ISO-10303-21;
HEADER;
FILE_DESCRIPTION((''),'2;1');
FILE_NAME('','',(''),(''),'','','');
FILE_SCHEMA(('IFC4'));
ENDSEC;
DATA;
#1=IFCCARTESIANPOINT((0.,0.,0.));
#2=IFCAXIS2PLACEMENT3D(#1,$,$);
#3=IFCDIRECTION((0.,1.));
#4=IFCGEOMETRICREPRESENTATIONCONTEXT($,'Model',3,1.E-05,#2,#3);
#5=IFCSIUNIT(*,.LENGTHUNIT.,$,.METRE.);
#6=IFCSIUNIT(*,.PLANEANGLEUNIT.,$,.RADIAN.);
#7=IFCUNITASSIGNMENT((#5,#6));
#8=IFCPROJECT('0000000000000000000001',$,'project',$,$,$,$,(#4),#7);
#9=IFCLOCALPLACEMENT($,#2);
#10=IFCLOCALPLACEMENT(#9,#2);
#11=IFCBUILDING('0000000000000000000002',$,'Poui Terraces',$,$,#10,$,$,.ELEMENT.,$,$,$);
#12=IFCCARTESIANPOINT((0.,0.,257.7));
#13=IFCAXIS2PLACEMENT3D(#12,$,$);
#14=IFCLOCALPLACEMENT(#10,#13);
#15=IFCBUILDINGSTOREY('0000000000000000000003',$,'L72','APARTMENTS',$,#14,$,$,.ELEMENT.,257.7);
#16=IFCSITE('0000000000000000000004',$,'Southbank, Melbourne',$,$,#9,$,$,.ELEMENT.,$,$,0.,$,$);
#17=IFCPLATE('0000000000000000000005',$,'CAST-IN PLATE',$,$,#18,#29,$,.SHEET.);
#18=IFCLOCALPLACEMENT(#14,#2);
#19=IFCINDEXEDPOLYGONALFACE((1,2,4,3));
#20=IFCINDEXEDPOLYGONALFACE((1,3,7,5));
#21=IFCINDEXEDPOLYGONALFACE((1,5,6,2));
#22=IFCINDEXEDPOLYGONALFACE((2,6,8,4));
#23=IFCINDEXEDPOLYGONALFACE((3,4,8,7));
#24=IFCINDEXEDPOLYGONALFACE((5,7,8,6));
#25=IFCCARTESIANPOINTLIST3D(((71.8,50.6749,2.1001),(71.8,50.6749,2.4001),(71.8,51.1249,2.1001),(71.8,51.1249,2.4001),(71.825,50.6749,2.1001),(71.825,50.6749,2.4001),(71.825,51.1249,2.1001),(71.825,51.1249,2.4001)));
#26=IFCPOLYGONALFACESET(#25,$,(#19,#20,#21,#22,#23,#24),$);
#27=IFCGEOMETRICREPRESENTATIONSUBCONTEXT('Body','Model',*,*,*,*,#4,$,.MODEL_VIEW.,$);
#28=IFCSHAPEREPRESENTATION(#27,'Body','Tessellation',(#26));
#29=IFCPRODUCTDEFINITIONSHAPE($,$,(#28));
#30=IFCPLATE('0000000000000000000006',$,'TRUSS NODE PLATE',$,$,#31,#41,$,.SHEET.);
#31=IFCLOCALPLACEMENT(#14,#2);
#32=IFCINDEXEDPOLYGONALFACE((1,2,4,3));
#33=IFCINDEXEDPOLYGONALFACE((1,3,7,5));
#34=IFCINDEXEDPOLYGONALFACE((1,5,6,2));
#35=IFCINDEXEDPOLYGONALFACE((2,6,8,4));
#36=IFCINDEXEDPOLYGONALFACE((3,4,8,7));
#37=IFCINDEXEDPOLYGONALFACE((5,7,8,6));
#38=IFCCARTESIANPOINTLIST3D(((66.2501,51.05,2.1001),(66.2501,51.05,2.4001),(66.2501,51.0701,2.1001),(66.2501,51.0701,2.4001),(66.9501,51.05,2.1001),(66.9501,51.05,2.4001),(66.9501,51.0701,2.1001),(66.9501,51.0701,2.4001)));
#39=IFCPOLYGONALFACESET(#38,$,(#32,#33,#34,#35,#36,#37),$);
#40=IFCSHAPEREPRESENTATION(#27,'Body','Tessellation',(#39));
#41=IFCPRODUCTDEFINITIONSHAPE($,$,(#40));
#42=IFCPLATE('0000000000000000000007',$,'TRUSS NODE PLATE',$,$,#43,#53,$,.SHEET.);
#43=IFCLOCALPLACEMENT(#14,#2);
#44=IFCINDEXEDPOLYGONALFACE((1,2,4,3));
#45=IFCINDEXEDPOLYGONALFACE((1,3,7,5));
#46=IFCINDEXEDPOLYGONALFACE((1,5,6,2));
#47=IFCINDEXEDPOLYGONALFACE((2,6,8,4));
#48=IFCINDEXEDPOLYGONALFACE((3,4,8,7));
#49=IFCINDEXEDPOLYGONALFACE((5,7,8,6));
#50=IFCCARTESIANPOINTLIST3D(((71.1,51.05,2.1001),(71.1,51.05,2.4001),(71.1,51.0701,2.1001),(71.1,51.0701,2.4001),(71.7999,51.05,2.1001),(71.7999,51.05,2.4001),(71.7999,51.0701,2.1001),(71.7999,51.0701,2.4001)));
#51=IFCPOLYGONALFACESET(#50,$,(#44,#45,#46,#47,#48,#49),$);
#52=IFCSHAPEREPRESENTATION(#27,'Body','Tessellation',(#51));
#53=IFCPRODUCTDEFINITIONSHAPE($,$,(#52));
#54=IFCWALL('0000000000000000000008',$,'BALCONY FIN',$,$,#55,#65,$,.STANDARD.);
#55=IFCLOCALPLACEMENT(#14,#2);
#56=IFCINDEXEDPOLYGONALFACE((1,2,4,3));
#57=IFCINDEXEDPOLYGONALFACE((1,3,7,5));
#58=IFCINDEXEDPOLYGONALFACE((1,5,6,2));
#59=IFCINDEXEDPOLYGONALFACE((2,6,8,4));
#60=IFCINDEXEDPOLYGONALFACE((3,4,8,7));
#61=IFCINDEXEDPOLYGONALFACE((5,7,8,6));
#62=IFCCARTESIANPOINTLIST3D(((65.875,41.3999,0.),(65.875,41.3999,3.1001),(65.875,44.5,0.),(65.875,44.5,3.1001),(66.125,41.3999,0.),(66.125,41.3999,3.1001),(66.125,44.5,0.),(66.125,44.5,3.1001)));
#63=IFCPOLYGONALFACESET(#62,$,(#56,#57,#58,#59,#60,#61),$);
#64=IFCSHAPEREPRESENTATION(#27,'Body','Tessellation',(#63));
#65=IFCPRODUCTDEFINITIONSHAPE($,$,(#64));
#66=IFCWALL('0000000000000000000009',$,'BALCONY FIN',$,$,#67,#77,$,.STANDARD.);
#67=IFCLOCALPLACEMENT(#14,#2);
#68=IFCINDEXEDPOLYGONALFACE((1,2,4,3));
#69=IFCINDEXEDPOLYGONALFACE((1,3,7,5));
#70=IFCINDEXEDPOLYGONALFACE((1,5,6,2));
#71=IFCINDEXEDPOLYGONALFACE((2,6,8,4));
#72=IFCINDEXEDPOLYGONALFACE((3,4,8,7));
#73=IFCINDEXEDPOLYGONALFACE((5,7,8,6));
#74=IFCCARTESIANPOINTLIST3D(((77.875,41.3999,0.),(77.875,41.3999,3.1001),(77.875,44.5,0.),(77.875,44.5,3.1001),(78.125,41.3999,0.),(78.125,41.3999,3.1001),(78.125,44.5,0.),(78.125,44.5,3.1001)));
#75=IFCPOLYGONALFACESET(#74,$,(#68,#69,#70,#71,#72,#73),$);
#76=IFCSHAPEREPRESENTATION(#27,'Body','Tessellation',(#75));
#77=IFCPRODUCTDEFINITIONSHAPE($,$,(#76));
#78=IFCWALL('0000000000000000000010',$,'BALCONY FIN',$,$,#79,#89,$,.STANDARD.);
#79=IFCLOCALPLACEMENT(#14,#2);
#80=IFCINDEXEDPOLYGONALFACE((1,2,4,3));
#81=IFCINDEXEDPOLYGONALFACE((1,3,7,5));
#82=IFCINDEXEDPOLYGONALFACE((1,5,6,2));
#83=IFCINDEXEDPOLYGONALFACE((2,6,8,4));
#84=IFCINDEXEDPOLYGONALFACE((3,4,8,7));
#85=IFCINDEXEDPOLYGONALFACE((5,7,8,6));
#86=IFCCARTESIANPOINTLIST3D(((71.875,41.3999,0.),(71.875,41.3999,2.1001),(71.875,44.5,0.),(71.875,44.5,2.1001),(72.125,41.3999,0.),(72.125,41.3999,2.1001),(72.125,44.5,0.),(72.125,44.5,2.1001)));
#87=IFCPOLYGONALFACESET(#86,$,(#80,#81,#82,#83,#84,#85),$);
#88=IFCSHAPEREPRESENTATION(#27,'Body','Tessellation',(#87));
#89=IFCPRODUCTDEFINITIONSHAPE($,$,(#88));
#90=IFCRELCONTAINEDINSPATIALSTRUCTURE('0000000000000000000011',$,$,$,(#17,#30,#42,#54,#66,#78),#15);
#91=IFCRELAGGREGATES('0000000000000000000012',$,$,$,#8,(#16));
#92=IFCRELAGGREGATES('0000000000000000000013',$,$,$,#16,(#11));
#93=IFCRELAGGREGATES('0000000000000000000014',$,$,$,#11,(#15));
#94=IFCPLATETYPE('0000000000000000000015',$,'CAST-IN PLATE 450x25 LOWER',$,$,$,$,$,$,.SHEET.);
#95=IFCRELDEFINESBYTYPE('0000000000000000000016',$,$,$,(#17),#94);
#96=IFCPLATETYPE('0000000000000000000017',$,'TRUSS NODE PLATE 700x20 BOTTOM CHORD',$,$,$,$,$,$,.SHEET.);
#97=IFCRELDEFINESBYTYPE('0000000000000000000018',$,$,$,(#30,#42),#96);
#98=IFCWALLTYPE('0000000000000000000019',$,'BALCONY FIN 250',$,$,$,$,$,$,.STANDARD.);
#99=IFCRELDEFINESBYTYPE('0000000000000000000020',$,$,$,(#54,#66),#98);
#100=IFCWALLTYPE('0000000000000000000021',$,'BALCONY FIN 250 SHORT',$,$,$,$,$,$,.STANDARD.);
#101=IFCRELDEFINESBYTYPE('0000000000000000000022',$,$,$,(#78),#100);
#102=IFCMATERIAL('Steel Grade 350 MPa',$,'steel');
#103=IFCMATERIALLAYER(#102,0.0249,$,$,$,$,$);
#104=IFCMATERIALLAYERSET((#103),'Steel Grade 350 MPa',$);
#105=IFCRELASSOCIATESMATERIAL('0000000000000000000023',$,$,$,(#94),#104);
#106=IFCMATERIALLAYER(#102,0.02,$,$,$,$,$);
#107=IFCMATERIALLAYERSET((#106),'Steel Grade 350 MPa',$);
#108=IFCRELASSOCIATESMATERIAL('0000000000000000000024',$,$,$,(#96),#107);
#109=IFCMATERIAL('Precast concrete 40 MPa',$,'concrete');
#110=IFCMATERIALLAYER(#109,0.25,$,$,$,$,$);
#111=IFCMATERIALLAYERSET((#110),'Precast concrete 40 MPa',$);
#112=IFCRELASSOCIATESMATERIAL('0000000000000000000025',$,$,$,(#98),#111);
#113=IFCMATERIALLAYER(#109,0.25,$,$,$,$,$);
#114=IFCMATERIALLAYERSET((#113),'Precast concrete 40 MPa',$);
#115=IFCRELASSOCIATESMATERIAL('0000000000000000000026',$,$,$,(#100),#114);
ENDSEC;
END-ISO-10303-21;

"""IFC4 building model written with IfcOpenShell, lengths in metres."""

from ifc_helpers import new_model, si_unit, direction, frame, origin, origin_2d, place, context, subcontext, project, spatial, polyline, rectangle, outline, extrude, source, transform, mapped, material, layer, layer_set, type_object, element, save


model = new_model("IFC4")

# Units and contexts
model_context = context("Model", 3, precision=1e-05, world=origin(), true_north=direction((0.0, 1.0)))
body_context = subcontext(model_context, "Body", "Model", "MODEL_VIEW")
ifc_project = project(units=[si_unit("LENGTHUNIT", "METRE"), si_unit("PLANEANGLEUNIT", "RADIAN")], contexts=[model_context])

# Site, building, storey
site_placement = place(None, origin())
site = spatial("IfcSite", under=ifc_project, at=site_placement, Name="Southbank, Melbourne", CompositionType="ELEMENT", RefElevation=0.0)
building_placement = place(site_placement, origin())
building = spatial("IfcBuilding", under=site, at=building_placement, Name="Poui Terraces", CompositionType="ELEMENT")
storey_placement = place(building_placement, frame((0.0, 0.0, 257.7)))
storey = spatial("IfcBuildingStorey", under=building, at=storey_placement, Name="L72", Description="APARTMENTS", CompositionType="ELEMENT", Elevation=257.7)

# Plates
ifc_material_1 = material(Name="Steel Grade 350 MPa", Category="steel")
ifc_layer_1 = layer(ifc_material_1, 0.0249)
ifc_layer_set_1 = layer_set([ifc_layer_1], Name="Steel Grade 350 MPa")
plate_type_1 = type_object("IfcPlateType", Name="CAST-IN PLATE 450x25 LOWER", PredefinedType="SHEET", material=ifc_layer_set_1)
shared_shape_1 = source(origin(), body_context, "Body", "SweptSolid", [
    extrude(rectangle(XDim=0.0249, YDim=0.45, at=origin_2d()), origin(), (0.0, 0.0, 1.0), 0.3),
])
plate_placement = place(storey_placement, frame((71.8125, 50.8999, 2.1001), z_axis=(0.0, 0.0, 1.0), x_axis=(1.0, 0.0, 0.0)))
element("IfcPlate", 1, at=plate_placement, inside=storey, type_object=plate_type_1, Name="CAST-IN PLATE", PredefinedType="SHEET", context=body_context, shape_type="MappedRepresentation", body=[
    mapped(shared_shape_1, transform((0.0, 0.0, 0.0))),
])
ifc_layer_2 = layer(ifc_material_1, 0.02)
ifc_layer_set_2 = layer_set([ifc_layer_2], Name="Steel Grade 350 MPa")
plate_type_2 = type_object("IfcPlateType", Name="TRUSS NODE PLATE 700x20 BOTTOM CHORD", PredefinedType="SHEET", material=ifc_layer_set_2)
shared_shape_2 = source(origin(), body_context, "Body", "SweptSolid", [
    extrude(rectangle(XDim=0.7, YDim=0.02, at=origin_2d()), origin(), (0.0, 0.0, 1.0), 0.3),
])
for number, where, z_axis, x_axis, name in (
    (2, (66.6001, 51.0601, 2.1001), (0.0, 0.0, 1.0), (1.0, 0.0, 0.0), "TRUSS NODE PLATE"),
    (3, (71.45, 51.0601, 2.1001), (0.0, 0.0, 1.0), (1.0, 0.0, 0.0), "TRUSS NODE PLATE"),
):
    element("IfcPlate", number, at=place(storey_placement, frame(where, z_axis=z_axis, x_axis=x_axis)), inside=storey, type_object=plate_type_2, Name=name, PredefinedType="SHEET", context=body_context, shape_type="MappedRepresentation", body=[
        mapped(shared_shape_2, transform((0.0, 0.0, 0.0))),
    ])

# Walls
ifc_material_2 = material(Name="Precast concrete 40 MPa", Category="concrete")
ifc_layer_3 = layer(ifc_material_2, 0.25)
ifc_layer_set_3 = layer_set([ifc_layer_3], Name="Precast concrete 40 MPa")
wall_type_1 = type_object("IfcWallType", Name="BALCONY FIN 250", PredefinedType="STANDARD", material=ifc_layer_set_3)
shared_shape_3 = source(origin(), body_context, "Body", "SweptSolid", [
    extrude(outline(polyline([(0.0, 0.0), (0.25, 0.0), (0.25, 3.1001), (0.0, 3.1001), (0.0, 0.0)])), origin(), (0.0, 0.0, 1.0), 3.1001),
])
for number, where, name in (
    (4, (65.875, 41.3999, 0.0), "BALCONY FIN"),
    (5, (77.875, 41.3999, 0.0), "BALCONY FIN"),
):
    element("IfcWall", number, at=place(storey_placement, frame(where)), inside=storey, type_object=wall_type_1, Name=name, PredefinedType="STANDARD", context=body_context, shape_type="MappedRepresentation", body=[
        mapped(shared_shape_3, transform((0.0, 0.0, 0.0))),
    ])
ifc_layer_4 = layer(ifc_material_2, 0.25)
ifc_layer_set_4 = layer_set([ifc_layer_4], Name="Precast concrete 40 MPa")
wall_type_2 = type_object("IfcWallType", Name="BALCONY FIN 250 SHORT", PredefinedType="STANDARD", material=ifc_layer_set_4)
shared_shape_4 = source(origin(), body_context, "Body", "SweptSolid", [
    extrude(outline(polyline([(0.0, 0.0), (0.25, 0.0), (0.25, 3.1001), (0.0, 3.1001), (0.0, 0.0)])), origin(), (0.0, 0.0, 1.0), 2.1001),
])
wall_placement = place(storey_placement, frame((71.875, 41.3999, 0.0)))
element("IfcWall", 6, at=wall_placement, inside=storey, type_object=wall_type_2, Name="BALCONY FIN", PredefinedType="STANDARD", context=body_context, shape_type="MappedRepresentation", body=[
    mapped(shared_shape_4, transform((0.0, 0.0, 0.0))),
])

save(model, "model.ifc")
